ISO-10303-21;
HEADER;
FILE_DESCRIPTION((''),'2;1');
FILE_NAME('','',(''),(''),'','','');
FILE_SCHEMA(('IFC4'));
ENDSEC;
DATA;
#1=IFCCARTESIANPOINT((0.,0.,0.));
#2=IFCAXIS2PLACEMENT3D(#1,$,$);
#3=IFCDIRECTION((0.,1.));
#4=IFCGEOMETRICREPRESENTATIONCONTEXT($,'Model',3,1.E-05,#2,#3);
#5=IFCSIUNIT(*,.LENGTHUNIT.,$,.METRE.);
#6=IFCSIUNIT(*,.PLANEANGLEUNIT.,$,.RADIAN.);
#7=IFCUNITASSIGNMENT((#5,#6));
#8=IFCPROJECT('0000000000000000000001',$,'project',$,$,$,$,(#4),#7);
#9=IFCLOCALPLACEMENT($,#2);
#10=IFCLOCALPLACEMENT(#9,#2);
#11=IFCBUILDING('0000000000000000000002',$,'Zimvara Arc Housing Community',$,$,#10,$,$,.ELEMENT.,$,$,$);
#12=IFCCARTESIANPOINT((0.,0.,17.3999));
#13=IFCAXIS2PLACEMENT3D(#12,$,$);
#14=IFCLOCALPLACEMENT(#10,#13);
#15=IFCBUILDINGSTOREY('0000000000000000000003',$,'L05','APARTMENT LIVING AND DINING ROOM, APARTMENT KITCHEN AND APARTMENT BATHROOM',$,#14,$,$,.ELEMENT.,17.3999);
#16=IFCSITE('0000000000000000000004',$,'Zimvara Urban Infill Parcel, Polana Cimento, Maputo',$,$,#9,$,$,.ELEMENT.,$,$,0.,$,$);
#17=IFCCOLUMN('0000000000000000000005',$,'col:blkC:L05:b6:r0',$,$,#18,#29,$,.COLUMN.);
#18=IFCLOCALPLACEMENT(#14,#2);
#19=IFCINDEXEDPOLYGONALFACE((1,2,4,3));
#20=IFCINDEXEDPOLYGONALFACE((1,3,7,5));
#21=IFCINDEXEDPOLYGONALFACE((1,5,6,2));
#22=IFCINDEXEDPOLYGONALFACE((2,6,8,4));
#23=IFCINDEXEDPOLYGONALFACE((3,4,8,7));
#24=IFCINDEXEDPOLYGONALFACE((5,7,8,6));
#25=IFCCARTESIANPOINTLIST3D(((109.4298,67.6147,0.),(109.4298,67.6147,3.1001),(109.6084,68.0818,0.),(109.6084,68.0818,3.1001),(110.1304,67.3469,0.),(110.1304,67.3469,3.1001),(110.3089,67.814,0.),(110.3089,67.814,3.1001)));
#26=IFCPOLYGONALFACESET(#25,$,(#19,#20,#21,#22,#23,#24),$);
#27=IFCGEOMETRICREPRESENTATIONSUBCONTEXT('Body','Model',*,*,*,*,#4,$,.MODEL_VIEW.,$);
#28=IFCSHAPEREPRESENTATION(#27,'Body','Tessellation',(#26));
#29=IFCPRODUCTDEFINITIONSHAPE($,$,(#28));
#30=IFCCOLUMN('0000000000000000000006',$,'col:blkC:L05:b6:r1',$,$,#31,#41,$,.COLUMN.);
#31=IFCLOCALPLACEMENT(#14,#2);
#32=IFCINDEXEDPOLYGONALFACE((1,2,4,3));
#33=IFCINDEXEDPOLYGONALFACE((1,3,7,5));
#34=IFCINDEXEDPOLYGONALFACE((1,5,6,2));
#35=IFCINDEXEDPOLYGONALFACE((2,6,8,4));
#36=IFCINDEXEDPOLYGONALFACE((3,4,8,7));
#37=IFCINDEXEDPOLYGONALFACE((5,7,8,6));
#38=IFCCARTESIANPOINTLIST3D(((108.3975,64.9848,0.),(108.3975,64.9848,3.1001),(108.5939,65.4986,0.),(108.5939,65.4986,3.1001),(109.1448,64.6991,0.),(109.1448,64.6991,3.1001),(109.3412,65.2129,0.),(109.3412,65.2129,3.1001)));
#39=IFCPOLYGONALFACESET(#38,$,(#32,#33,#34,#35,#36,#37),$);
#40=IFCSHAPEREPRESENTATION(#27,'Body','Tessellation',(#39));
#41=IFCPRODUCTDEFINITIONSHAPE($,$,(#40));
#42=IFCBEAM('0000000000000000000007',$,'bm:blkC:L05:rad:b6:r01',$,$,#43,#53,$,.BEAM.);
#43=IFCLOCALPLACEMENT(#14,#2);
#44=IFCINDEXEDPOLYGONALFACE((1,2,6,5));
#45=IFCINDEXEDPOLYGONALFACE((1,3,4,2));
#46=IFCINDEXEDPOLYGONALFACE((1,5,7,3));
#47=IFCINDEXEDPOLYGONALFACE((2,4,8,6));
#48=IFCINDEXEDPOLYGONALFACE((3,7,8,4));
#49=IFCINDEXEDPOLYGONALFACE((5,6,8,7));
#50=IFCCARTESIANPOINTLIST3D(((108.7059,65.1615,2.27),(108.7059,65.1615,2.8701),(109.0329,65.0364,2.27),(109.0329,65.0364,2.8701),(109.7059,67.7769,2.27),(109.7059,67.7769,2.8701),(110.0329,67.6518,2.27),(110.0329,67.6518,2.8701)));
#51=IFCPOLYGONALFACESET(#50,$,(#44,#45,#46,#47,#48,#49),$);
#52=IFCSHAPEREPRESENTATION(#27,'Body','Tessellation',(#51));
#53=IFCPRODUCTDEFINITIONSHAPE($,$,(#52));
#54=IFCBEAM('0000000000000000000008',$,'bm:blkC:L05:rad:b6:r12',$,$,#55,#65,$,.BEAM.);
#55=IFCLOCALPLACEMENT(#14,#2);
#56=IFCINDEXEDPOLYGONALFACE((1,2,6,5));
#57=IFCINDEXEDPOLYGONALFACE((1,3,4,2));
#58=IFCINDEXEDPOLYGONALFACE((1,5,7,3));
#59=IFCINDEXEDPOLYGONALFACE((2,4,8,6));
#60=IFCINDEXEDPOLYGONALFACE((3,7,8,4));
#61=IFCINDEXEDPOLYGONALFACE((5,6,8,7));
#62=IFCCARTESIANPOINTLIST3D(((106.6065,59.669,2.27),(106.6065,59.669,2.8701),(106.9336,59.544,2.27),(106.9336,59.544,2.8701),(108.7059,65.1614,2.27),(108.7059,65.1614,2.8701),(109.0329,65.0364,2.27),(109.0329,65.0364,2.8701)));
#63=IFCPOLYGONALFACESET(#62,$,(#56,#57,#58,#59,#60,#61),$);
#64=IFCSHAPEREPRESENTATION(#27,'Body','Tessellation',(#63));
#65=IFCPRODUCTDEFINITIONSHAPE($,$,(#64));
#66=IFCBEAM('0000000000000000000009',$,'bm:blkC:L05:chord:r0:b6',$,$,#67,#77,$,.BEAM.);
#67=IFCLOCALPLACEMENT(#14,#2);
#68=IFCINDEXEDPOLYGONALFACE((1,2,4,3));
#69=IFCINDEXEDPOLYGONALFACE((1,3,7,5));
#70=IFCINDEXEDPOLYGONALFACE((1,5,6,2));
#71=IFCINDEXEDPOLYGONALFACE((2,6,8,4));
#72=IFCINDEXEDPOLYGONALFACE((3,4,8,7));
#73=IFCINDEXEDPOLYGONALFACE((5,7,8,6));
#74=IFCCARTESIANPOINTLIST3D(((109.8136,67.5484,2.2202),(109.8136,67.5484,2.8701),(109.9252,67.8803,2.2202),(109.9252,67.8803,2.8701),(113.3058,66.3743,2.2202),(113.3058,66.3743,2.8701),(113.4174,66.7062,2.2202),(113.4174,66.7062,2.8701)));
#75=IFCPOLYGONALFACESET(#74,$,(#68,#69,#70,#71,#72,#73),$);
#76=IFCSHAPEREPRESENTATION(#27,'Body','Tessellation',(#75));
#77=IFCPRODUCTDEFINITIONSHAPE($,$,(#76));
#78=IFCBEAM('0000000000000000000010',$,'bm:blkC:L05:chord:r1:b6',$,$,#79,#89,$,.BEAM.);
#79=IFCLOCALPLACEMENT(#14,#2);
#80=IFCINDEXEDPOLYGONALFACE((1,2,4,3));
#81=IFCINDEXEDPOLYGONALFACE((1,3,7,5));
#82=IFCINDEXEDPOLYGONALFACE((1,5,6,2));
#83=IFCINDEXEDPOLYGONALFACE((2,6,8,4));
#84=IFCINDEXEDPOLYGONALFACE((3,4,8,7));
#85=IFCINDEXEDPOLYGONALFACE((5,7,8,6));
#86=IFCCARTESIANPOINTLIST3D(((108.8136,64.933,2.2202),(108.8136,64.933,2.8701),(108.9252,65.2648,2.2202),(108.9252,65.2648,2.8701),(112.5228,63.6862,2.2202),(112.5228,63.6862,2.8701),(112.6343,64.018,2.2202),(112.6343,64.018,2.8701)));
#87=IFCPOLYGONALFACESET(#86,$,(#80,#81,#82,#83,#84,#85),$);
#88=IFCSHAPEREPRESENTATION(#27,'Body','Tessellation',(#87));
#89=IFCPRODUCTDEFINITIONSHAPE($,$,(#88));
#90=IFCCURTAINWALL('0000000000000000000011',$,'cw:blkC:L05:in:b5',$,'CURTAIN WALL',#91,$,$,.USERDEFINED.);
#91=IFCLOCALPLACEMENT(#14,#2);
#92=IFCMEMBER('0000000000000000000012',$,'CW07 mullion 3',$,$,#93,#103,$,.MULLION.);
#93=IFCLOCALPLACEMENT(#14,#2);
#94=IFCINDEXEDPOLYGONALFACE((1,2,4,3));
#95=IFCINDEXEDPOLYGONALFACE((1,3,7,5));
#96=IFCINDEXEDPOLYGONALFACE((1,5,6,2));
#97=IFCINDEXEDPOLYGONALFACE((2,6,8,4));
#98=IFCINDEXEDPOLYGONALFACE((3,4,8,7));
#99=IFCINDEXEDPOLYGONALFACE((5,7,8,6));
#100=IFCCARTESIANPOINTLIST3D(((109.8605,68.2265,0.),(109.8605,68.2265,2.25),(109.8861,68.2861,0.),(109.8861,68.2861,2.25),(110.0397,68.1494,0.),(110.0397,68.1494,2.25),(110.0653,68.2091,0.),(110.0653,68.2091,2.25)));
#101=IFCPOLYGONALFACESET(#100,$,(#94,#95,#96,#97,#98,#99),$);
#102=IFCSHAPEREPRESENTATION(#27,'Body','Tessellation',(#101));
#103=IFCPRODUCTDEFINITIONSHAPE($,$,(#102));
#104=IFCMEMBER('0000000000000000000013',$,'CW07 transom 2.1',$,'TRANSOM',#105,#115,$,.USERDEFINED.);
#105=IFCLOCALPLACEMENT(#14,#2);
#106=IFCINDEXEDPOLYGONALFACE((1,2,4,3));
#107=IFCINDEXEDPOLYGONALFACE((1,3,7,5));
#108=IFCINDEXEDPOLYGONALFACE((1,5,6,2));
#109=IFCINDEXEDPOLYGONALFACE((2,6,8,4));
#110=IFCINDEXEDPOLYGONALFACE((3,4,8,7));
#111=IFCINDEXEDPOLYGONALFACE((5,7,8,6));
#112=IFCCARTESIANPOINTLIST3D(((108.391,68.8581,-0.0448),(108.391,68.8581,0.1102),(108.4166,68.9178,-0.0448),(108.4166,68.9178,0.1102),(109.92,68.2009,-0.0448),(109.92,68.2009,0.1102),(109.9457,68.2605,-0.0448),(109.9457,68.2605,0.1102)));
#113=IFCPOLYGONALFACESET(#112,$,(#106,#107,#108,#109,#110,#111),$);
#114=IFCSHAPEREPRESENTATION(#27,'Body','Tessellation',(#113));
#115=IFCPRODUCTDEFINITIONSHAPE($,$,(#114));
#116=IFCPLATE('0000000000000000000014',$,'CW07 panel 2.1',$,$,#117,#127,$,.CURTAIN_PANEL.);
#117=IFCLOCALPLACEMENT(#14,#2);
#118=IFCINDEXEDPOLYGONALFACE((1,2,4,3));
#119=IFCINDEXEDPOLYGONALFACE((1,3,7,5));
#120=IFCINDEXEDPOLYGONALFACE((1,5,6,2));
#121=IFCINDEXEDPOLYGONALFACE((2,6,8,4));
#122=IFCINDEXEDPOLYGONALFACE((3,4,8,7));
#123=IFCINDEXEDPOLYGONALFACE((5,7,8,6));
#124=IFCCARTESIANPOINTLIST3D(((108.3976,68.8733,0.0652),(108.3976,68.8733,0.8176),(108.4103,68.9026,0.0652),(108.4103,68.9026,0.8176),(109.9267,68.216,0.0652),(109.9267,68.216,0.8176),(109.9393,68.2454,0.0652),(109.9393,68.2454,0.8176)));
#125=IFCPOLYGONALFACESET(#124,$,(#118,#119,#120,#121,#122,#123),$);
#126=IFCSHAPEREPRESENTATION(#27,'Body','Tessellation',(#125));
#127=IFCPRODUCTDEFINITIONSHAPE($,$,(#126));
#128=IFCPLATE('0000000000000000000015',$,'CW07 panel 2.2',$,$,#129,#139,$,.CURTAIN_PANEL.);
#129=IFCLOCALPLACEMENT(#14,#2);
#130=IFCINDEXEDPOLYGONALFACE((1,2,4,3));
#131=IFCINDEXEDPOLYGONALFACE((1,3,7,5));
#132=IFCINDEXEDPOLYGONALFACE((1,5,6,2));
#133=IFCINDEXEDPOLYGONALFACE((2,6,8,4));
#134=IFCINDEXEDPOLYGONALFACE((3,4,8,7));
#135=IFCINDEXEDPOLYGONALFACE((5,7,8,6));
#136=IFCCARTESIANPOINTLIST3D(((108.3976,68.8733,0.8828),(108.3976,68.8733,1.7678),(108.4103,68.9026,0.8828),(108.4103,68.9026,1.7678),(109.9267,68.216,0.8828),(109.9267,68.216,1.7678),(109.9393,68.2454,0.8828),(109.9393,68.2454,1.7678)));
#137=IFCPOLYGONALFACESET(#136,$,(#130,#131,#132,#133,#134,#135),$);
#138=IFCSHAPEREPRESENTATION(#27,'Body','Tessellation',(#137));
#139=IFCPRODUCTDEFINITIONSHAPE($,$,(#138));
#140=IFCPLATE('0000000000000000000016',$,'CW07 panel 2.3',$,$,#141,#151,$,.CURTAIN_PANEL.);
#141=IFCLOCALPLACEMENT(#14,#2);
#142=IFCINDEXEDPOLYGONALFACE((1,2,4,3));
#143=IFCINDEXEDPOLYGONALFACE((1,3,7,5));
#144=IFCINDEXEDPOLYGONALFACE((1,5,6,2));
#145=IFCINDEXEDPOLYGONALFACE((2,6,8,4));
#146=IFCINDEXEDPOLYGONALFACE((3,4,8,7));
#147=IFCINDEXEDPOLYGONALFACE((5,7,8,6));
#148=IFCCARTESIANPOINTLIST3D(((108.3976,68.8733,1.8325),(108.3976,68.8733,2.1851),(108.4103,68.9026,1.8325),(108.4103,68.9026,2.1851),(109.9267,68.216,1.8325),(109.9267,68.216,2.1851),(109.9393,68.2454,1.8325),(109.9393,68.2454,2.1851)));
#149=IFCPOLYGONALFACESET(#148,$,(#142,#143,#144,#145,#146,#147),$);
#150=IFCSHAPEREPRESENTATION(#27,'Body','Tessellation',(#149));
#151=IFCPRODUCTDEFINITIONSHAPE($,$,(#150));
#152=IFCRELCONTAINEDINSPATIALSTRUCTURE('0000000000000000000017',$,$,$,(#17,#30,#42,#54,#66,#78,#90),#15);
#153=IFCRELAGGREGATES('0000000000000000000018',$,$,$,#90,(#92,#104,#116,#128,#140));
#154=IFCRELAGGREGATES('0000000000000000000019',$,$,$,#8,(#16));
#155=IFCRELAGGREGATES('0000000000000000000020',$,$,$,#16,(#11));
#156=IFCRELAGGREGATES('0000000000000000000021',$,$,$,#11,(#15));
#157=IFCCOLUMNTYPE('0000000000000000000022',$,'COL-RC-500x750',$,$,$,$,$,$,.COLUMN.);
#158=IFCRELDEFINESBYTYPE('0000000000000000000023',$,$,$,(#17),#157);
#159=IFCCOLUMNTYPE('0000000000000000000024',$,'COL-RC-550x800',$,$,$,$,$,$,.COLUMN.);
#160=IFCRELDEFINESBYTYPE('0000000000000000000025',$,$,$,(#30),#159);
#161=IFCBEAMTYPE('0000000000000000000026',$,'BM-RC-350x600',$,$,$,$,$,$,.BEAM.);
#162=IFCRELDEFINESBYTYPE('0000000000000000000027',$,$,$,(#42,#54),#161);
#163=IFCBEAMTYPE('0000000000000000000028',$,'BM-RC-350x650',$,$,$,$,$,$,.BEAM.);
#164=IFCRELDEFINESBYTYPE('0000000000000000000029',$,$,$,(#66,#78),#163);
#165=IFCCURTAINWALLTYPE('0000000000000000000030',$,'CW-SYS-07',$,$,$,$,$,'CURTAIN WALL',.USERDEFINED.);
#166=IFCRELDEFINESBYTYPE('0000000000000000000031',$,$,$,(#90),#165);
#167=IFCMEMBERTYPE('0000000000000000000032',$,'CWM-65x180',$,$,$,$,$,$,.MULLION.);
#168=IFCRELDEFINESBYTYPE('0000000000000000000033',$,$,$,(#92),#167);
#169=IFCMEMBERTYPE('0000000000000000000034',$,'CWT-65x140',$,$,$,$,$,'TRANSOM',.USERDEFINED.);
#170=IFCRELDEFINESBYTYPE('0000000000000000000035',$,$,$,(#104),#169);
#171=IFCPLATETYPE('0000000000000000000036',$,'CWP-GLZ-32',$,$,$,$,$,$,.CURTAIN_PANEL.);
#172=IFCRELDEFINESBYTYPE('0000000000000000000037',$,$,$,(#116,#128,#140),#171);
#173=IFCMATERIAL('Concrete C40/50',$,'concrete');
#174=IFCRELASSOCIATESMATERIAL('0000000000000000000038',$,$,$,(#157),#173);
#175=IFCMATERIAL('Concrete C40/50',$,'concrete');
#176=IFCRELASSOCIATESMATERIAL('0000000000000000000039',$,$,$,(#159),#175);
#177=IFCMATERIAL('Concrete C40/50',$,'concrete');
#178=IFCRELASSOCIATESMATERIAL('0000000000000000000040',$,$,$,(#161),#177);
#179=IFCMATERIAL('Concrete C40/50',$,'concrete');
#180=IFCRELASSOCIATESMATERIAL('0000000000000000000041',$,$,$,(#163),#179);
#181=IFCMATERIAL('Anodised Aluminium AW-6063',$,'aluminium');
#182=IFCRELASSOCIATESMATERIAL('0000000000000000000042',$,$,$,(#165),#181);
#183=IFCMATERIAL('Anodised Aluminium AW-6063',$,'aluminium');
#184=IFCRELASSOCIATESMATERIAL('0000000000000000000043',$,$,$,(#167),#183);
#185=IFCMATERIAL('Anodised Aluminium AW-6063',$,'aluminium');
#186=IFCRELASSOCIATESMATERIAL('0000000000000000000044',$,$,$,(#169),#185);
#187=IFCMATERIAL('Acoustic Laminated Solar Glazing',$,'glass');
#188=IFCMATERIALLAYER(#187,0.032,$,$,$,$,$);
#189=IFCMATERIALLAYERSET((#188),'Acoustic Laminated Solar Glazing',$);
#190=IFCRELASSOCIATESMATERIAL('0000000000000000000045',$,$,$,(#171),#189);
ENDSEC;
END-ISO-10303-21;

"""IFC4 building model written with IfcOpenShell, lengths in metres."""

from ifc_helpers import new_model, si_unit, direction, frame, origin, origin_2d, place, context, subcontext, project, spatial, rectangle, extrude, material, layer, layer_set, material_profile, profile_set, type_object, element, aggregate, save


model = new_model("IFC4")

# Units and contexts
model_context = context("Model", 3, precision=1e-05, world=origin(), true_north=direction((0.0, 1.0)))
body_context = subcontext(model_context, "Body", "Model", "MODEL_VIEW")
ifc_project = project(units=[si_unit("LENGTHUNIT", "METRE"), si_unit("PLANEANGLEUNIT", "RADIAN")], contexts=[model_context])

# Site, building, storey
site_placement = place(None, origin())
site = spatial("IfcSite", under=ifc_project, at=site_placement, Name="Zimvara Urban Infill Parcel, Polana Cimento, Maputo", CompositionType="ELEMENT", RefElevation=0.0)
building_placement = place(site_placement, origin())
building = spatial("IfcBuilding", under=site, at=building_placement, Name="Zimvara Arc Housing Community", CompositionType="ELEMENT")
storey_placement = place(building_placement, frame((0.0, 0.0, 17.3999)))
storey = spatial("IfcBuildingStorey", under=building, at=storey_placement, Name="L05", Description="APARTMENT LIVING AND DINING ROOM, APARTMENT KITCHEN AND APARTMENT BATHROOM", CompositionType="ELEMENT", Elevation=17.3999)

# Columns
ifc_material_1 = material(Name="Concrete C40/50", Category="concrete")
ifc_material_profile_1 = material_profile(ifc_material_1, rectangle(XDim=0.5, YDim=0.75, at=origin_2d()), Name="RC 500x750")
ifc_profile_set_1 = profile_set([ifc_material_profile_1], Name="Concrete C40/50")
column_type_1 = type_object("IfcColumnType", Name="COL-RC-500x750", PredefinedType="COLUMN", material=ifc_profile_set_1)
column_1_placement = place(storey_placement, frame((109.8694, 67.7144, 0.0), z_axis=(0.0, 0.0, 1.0), x_axis=(-0.357064, -0.93408, 0.0)))
element("IfcColumn", 1, at=column_1_placement, inside=storey, type_object=column_type_1, Name="col:blkC:L05:b6:r0", PredefinedType="COLUMN", context=body_context, shape_type="SweptSolid", body=[
    extrude(rectangle(XDim=0.5, YDim=0.75, at=origin_2d()), origin(), (0.0, 0.0, 1.0), 3.1001),
])
ifc_material_2 = material(Name="Concrete C40/50", Category="concrete")
ifc_material_profile_2 = material_profile(ifc_material_2, rectangle(XDim=0.55, YDim=0.8, at=origin_2d()), Name="RC 550x800")
ifc_profile_set_2 = profile_set([ifc_material_profile_2], Name="Concrete C40/50")
column_type_2 = type_object("IfcColumnType", Name="COL-RC-550x800", PredefinedType="COLUMN", material=ifc_profile_set_2)
column_2_placement = place(storey_placement, frame((108.8694, 65.0989, 0.0), z_axis=(0.0, 0.0, 1.0), x_axis=(-0.357064, -0.93408, 0.0)))
element("IfcColumn", 2, at=column_2_placement, inside=storey, type_object=column_type_2, Name="col:blkC:L05:b6:r1", PredefinedType="COLUMN", context=body_context, shape_type="SweptSolid", body=[
    extrude(rectangle(XDim=0.55, YDim=0.8, at=origin_2d()), origin(), (0.0, 0.0, 1.0), 3.1001),
])

# Beams
ifc_material_3 = material(Name="Concrete C40/50", Category="concrete")
ifc_material_profile_3 = material_profile(ifc_material_3, rectangle(XDim=0.3501, YDim=0.6001, at=origin_2d()), Name="RC 350x600")
ifc_profile_set_3 = profile_set([ifc_material_profile_3], Name="Concrete C40/50")
beam_type_1 = type_object("IfcBeamType", Name="BM-RC-350x600", PredefinedType="BEAM", material=ifc_profile_set_3)
beam_1_placement = place(storey_placement, frame((109.8694, 67.7144, 2.5701), z_axis=(-0.357126, -0.934056, 0.0), x_axis=(0.934056, -0.357126, 0.0)))
element("IfcBeam", 3, at=beam_1_placement, inside=storey, type_object=beam_type_1, Name="bm:blkC:L05:rad:b6:r01", PredefinedType="BEAM", context=body_context, shape_type="SweptSolid", body=[
    extrude(rectangle(XDim=0.3501, YDim=0.6001, at=origin_2d()), origin(), (0.0, 0.0, 1.0), 2.8),
])
beam_2_placement = place(storey_placement, frame((108.8694, 65.0989, 2.5701), z_axis=(-0.357036, -0.934091, 0.0), x_axis=(0.934091, -0.357036, 0.0)))
element("IfcBeam", 4, at=beam_2_placement, inside=storey, type_object=beam_type_1, Name="bm:blkC:L05:rad:b6:r12", PredefinedType="BEAM", context=body_context, shape_type="SweptSolid", body=[
    extrude(rectangle(XDim=0.3501, YDim=0.6001, at=origin_2d()), origin(), (0.0, 0.0, 1.0), 5.8799),
])
ifc_material_4 = material(Name="Concrete C40/50", Category="concrete")
ifc_material_profile_4 = material_profile(ifc_material_4, rectangle(XDim=0.3501, YDim=0.6499, at=origin_2d()), Name="RC 350x650")
ifc_profile_set_4 = profile_set([ifc_material_profile_4], Name="Concrete C40/50")
beam_type_2 = type_object("IfcBeamType", Name="BM-RC-350x650", PredefinedType="BEAM", material=ifc_profile_set_4)
beam_3_placement = place(storey_placement, frame((109.8694, 67.7144, 2.5452), z_axis=(0.947865, -0.318672, 0.0), x_axis=(0.318672, 0.947865, 0.0)))
element("IfcBeam", 5, at=beam_3_placement, inside=storey, type_object=beam_type_2, Name="bm:blkC:L05:chord:r0:b6", PredefinedType="BEAM", context=body_context, shape_type="SweptSolid", body=[
    extrude(rectangle(XDim=0.3501, YDim=0.6499, at=origin_2d()), origin(), (0.0, 0.0, 1.0), 3.6843),
])
beam_4_placement = place(storey_placement, frame((108.8694, 65.0989, 2.5452), z_axis=(0.947882, -0.318623, 0.0), x_axis=(0.318623, 0.947882, 0.0)))
element("IfcBeam", 6, at=beam_4_placement, inside=storey, type_object=beam_type_2, Name="bm:blkC:L05:chord:r1:b6", PredefinedType="BEAM", context=body_context, shape_type="SweptSolid", body=[
    extrude(rectangle(XDim=0.3501, YDim=0.6499, at=origin_2d()), origin(), (0.0, 0.0, 1.0), 3.9131),
])

# Curtain wall, members, plates
ifc_material_5 = material(Name="Anodised Aluminium AW-6063", Category="aluminium")
curtain_wall_type = type_object("IfcCurtainWallType", Name="CW-SYS-07", ElementType="CURTAIN WALL", PredefinedType="USERDEFINED", material=ifc_material_5)
curtain_wall_placement = place(storey_placement, origin())
curtain_wall = element("IfcCurtainWall", 7, at=curtain_wall_placement, inside=storey, type_object=curtain_wall_type, Name="cw:blkC:L05:in:b5", ObjectType="CURTAIN WALL", PredefinedType="USERDEFINED")
ifc_material_6 = material(Name="Anodised Aluminium AW-6063", Category="aluminium")
ifc_material_profile_5 = material_profile(ifc_material_6, rectangle(XDim=0.0649, YDim=0.1951, at=origin_2d()), Name="ALU 65x195")
ifc_profile_set_5 = profile_set([ifc_material_profile_5], Name="Anodised Aluminium AW-6063")
member_type_1 = type_object("IfcMemberType", Name="CWM-65x180", PredefinedType="MULLION", material=ifc_profile_set_5)
member_1_placement = place(storey_placement, frame((109.9629, 68.2178, 0.0), z_axis=(0.0, 0.0, 1.0), x_axis=(0.394904, 0.918722, 0.0)))
member_1 = element("IfcMember", 8, at=member_1_placement, type_object=member_type_1, Name="CW07 mullion 3", PredefinedType="MULLION", context=body_context, shape_type="SweptSolid", body=[
    extrude(rectangle(XDim=0.0649, YDim=0.1951, at=origin_2d()), origin(), (0.0, 0.0, 1.0), 2.25),
])
ifc_material_7 = material(Name="Anodised Aluminium AW-6063", Category="aluminium")
ifc_material_profile_6 = material_profile(ifc_material_7, rectangle(XDim=0.0649, YDim=0.155, at=origin_2d()), Name="ALU 65x155")
ifc_profile_set_6 = profile_set([ifc_material_profile_6], Name="Anodised Aluminium AW-6063")
member_type_2 = type_object("IfcMemberType", Name="CWT-65x140", ElementType="TRANSOM", PredefinedType="USERDEFINED", material=ifc_profile_set_6)
member_2_placement = place(storey_placement, frame((108.4038, 68.8879, 0.0327), z_axis=(0.918727, -0.394893, 0.0), x_axis=(0.394893, 0.918727, 0.0)))
member_2 = element("IfcMember", 9, at=member_2_placement, type_object=member_type_2, Name="CW07 transom 2.1", ObjectType="TRANSOM", PredefinedType="USERDEFINED", context=body_context, shape_type="SweptSolid", body=[
    extrude(rectangle(XDim=0.0649, YDim=0.155, at=origin_2d()), origin(), (0.0, 0.0, 1.0), 1.6643),
])
ifc_material_8 = material(Name="Acoustic Laminated Solar Glazing", Category="glass")
ifc_layer_1 = layer(ifc_material_8, 0.032)
ifc_layer_set_1 = layer_set([ifc_layer_1], Name="Acoustic Laminated Solar Glazing")
plate_type = type_object("IfcPlateType", Name="CWP-GLZ-32", PredefinedType="CURTAIN_PANEL", material=ifc_layer_set_1)
plate_1_placement = place(storey_placement, frame((109.1685, 68.5593, 0.0652), z_axis=(0.0, 0.0, 1.0), x_axis=(0.918722, -0.394904, 0.0)))
plate_1 = element("IfcPlate", 10, at=plate_1_placement, type_object=plate_type, Name="CW07 panel 2.1", PredefinedType="CURTAIN_PANEL", context=body_context, shape_type="SweptSolid", body=[
    extrude(rectangle(XDim=1.6643, YDim=0.032, at=origin_2d()), origin(), (0.0, 0.0, 1.0), 0.7524),
])
plate_2_placement = place(storey_placement, frame((109.1685, 68.5593, 0.8828), z_axis=(0.0, 0.0, 1.0), x_axis=(0.918722, -0.394904, 0.0)))
plate_2 = element("IfcPlate", 11, at=plate_2_placement, type_object=plate_type, Name="CW07 panel 2.2", PredefinedType="CURTAIN_PANEL", context=body_context, shape_type="SweptSolid", body=[
    extrude(rectangle(XDim=1.6643, YDim=0.032, at=origin_2d()), origin(), (0.0, 0.0, 1.0), 0.885),
])
plate_3_placement = place(storey_placement, frame((109.1685, 68.5593, 1.8325), z_axis=(0.0, 0.0, 1.0), x_axis=(0.918722, -0.394904, 0.0)))
plate_3 = element("IfcPlate", 12, at=plate_3_placement, type_object=plate_type, Name="CW07 panel 2.3", PredefinedType="CURTAIN_PANEL", context=body_context, shape_type="SweptSolid", body=[
    extrude(rectangle(XDim=1.6643, YDim=0.032, at=origin_2d()), origin(), (0.0, 0.0, 1.0), 0.3525),
])
aggregate(curtain_wall, [member_1, member_2, plate_1, plate_2, plate_3])

save(model, "model.ifc")
